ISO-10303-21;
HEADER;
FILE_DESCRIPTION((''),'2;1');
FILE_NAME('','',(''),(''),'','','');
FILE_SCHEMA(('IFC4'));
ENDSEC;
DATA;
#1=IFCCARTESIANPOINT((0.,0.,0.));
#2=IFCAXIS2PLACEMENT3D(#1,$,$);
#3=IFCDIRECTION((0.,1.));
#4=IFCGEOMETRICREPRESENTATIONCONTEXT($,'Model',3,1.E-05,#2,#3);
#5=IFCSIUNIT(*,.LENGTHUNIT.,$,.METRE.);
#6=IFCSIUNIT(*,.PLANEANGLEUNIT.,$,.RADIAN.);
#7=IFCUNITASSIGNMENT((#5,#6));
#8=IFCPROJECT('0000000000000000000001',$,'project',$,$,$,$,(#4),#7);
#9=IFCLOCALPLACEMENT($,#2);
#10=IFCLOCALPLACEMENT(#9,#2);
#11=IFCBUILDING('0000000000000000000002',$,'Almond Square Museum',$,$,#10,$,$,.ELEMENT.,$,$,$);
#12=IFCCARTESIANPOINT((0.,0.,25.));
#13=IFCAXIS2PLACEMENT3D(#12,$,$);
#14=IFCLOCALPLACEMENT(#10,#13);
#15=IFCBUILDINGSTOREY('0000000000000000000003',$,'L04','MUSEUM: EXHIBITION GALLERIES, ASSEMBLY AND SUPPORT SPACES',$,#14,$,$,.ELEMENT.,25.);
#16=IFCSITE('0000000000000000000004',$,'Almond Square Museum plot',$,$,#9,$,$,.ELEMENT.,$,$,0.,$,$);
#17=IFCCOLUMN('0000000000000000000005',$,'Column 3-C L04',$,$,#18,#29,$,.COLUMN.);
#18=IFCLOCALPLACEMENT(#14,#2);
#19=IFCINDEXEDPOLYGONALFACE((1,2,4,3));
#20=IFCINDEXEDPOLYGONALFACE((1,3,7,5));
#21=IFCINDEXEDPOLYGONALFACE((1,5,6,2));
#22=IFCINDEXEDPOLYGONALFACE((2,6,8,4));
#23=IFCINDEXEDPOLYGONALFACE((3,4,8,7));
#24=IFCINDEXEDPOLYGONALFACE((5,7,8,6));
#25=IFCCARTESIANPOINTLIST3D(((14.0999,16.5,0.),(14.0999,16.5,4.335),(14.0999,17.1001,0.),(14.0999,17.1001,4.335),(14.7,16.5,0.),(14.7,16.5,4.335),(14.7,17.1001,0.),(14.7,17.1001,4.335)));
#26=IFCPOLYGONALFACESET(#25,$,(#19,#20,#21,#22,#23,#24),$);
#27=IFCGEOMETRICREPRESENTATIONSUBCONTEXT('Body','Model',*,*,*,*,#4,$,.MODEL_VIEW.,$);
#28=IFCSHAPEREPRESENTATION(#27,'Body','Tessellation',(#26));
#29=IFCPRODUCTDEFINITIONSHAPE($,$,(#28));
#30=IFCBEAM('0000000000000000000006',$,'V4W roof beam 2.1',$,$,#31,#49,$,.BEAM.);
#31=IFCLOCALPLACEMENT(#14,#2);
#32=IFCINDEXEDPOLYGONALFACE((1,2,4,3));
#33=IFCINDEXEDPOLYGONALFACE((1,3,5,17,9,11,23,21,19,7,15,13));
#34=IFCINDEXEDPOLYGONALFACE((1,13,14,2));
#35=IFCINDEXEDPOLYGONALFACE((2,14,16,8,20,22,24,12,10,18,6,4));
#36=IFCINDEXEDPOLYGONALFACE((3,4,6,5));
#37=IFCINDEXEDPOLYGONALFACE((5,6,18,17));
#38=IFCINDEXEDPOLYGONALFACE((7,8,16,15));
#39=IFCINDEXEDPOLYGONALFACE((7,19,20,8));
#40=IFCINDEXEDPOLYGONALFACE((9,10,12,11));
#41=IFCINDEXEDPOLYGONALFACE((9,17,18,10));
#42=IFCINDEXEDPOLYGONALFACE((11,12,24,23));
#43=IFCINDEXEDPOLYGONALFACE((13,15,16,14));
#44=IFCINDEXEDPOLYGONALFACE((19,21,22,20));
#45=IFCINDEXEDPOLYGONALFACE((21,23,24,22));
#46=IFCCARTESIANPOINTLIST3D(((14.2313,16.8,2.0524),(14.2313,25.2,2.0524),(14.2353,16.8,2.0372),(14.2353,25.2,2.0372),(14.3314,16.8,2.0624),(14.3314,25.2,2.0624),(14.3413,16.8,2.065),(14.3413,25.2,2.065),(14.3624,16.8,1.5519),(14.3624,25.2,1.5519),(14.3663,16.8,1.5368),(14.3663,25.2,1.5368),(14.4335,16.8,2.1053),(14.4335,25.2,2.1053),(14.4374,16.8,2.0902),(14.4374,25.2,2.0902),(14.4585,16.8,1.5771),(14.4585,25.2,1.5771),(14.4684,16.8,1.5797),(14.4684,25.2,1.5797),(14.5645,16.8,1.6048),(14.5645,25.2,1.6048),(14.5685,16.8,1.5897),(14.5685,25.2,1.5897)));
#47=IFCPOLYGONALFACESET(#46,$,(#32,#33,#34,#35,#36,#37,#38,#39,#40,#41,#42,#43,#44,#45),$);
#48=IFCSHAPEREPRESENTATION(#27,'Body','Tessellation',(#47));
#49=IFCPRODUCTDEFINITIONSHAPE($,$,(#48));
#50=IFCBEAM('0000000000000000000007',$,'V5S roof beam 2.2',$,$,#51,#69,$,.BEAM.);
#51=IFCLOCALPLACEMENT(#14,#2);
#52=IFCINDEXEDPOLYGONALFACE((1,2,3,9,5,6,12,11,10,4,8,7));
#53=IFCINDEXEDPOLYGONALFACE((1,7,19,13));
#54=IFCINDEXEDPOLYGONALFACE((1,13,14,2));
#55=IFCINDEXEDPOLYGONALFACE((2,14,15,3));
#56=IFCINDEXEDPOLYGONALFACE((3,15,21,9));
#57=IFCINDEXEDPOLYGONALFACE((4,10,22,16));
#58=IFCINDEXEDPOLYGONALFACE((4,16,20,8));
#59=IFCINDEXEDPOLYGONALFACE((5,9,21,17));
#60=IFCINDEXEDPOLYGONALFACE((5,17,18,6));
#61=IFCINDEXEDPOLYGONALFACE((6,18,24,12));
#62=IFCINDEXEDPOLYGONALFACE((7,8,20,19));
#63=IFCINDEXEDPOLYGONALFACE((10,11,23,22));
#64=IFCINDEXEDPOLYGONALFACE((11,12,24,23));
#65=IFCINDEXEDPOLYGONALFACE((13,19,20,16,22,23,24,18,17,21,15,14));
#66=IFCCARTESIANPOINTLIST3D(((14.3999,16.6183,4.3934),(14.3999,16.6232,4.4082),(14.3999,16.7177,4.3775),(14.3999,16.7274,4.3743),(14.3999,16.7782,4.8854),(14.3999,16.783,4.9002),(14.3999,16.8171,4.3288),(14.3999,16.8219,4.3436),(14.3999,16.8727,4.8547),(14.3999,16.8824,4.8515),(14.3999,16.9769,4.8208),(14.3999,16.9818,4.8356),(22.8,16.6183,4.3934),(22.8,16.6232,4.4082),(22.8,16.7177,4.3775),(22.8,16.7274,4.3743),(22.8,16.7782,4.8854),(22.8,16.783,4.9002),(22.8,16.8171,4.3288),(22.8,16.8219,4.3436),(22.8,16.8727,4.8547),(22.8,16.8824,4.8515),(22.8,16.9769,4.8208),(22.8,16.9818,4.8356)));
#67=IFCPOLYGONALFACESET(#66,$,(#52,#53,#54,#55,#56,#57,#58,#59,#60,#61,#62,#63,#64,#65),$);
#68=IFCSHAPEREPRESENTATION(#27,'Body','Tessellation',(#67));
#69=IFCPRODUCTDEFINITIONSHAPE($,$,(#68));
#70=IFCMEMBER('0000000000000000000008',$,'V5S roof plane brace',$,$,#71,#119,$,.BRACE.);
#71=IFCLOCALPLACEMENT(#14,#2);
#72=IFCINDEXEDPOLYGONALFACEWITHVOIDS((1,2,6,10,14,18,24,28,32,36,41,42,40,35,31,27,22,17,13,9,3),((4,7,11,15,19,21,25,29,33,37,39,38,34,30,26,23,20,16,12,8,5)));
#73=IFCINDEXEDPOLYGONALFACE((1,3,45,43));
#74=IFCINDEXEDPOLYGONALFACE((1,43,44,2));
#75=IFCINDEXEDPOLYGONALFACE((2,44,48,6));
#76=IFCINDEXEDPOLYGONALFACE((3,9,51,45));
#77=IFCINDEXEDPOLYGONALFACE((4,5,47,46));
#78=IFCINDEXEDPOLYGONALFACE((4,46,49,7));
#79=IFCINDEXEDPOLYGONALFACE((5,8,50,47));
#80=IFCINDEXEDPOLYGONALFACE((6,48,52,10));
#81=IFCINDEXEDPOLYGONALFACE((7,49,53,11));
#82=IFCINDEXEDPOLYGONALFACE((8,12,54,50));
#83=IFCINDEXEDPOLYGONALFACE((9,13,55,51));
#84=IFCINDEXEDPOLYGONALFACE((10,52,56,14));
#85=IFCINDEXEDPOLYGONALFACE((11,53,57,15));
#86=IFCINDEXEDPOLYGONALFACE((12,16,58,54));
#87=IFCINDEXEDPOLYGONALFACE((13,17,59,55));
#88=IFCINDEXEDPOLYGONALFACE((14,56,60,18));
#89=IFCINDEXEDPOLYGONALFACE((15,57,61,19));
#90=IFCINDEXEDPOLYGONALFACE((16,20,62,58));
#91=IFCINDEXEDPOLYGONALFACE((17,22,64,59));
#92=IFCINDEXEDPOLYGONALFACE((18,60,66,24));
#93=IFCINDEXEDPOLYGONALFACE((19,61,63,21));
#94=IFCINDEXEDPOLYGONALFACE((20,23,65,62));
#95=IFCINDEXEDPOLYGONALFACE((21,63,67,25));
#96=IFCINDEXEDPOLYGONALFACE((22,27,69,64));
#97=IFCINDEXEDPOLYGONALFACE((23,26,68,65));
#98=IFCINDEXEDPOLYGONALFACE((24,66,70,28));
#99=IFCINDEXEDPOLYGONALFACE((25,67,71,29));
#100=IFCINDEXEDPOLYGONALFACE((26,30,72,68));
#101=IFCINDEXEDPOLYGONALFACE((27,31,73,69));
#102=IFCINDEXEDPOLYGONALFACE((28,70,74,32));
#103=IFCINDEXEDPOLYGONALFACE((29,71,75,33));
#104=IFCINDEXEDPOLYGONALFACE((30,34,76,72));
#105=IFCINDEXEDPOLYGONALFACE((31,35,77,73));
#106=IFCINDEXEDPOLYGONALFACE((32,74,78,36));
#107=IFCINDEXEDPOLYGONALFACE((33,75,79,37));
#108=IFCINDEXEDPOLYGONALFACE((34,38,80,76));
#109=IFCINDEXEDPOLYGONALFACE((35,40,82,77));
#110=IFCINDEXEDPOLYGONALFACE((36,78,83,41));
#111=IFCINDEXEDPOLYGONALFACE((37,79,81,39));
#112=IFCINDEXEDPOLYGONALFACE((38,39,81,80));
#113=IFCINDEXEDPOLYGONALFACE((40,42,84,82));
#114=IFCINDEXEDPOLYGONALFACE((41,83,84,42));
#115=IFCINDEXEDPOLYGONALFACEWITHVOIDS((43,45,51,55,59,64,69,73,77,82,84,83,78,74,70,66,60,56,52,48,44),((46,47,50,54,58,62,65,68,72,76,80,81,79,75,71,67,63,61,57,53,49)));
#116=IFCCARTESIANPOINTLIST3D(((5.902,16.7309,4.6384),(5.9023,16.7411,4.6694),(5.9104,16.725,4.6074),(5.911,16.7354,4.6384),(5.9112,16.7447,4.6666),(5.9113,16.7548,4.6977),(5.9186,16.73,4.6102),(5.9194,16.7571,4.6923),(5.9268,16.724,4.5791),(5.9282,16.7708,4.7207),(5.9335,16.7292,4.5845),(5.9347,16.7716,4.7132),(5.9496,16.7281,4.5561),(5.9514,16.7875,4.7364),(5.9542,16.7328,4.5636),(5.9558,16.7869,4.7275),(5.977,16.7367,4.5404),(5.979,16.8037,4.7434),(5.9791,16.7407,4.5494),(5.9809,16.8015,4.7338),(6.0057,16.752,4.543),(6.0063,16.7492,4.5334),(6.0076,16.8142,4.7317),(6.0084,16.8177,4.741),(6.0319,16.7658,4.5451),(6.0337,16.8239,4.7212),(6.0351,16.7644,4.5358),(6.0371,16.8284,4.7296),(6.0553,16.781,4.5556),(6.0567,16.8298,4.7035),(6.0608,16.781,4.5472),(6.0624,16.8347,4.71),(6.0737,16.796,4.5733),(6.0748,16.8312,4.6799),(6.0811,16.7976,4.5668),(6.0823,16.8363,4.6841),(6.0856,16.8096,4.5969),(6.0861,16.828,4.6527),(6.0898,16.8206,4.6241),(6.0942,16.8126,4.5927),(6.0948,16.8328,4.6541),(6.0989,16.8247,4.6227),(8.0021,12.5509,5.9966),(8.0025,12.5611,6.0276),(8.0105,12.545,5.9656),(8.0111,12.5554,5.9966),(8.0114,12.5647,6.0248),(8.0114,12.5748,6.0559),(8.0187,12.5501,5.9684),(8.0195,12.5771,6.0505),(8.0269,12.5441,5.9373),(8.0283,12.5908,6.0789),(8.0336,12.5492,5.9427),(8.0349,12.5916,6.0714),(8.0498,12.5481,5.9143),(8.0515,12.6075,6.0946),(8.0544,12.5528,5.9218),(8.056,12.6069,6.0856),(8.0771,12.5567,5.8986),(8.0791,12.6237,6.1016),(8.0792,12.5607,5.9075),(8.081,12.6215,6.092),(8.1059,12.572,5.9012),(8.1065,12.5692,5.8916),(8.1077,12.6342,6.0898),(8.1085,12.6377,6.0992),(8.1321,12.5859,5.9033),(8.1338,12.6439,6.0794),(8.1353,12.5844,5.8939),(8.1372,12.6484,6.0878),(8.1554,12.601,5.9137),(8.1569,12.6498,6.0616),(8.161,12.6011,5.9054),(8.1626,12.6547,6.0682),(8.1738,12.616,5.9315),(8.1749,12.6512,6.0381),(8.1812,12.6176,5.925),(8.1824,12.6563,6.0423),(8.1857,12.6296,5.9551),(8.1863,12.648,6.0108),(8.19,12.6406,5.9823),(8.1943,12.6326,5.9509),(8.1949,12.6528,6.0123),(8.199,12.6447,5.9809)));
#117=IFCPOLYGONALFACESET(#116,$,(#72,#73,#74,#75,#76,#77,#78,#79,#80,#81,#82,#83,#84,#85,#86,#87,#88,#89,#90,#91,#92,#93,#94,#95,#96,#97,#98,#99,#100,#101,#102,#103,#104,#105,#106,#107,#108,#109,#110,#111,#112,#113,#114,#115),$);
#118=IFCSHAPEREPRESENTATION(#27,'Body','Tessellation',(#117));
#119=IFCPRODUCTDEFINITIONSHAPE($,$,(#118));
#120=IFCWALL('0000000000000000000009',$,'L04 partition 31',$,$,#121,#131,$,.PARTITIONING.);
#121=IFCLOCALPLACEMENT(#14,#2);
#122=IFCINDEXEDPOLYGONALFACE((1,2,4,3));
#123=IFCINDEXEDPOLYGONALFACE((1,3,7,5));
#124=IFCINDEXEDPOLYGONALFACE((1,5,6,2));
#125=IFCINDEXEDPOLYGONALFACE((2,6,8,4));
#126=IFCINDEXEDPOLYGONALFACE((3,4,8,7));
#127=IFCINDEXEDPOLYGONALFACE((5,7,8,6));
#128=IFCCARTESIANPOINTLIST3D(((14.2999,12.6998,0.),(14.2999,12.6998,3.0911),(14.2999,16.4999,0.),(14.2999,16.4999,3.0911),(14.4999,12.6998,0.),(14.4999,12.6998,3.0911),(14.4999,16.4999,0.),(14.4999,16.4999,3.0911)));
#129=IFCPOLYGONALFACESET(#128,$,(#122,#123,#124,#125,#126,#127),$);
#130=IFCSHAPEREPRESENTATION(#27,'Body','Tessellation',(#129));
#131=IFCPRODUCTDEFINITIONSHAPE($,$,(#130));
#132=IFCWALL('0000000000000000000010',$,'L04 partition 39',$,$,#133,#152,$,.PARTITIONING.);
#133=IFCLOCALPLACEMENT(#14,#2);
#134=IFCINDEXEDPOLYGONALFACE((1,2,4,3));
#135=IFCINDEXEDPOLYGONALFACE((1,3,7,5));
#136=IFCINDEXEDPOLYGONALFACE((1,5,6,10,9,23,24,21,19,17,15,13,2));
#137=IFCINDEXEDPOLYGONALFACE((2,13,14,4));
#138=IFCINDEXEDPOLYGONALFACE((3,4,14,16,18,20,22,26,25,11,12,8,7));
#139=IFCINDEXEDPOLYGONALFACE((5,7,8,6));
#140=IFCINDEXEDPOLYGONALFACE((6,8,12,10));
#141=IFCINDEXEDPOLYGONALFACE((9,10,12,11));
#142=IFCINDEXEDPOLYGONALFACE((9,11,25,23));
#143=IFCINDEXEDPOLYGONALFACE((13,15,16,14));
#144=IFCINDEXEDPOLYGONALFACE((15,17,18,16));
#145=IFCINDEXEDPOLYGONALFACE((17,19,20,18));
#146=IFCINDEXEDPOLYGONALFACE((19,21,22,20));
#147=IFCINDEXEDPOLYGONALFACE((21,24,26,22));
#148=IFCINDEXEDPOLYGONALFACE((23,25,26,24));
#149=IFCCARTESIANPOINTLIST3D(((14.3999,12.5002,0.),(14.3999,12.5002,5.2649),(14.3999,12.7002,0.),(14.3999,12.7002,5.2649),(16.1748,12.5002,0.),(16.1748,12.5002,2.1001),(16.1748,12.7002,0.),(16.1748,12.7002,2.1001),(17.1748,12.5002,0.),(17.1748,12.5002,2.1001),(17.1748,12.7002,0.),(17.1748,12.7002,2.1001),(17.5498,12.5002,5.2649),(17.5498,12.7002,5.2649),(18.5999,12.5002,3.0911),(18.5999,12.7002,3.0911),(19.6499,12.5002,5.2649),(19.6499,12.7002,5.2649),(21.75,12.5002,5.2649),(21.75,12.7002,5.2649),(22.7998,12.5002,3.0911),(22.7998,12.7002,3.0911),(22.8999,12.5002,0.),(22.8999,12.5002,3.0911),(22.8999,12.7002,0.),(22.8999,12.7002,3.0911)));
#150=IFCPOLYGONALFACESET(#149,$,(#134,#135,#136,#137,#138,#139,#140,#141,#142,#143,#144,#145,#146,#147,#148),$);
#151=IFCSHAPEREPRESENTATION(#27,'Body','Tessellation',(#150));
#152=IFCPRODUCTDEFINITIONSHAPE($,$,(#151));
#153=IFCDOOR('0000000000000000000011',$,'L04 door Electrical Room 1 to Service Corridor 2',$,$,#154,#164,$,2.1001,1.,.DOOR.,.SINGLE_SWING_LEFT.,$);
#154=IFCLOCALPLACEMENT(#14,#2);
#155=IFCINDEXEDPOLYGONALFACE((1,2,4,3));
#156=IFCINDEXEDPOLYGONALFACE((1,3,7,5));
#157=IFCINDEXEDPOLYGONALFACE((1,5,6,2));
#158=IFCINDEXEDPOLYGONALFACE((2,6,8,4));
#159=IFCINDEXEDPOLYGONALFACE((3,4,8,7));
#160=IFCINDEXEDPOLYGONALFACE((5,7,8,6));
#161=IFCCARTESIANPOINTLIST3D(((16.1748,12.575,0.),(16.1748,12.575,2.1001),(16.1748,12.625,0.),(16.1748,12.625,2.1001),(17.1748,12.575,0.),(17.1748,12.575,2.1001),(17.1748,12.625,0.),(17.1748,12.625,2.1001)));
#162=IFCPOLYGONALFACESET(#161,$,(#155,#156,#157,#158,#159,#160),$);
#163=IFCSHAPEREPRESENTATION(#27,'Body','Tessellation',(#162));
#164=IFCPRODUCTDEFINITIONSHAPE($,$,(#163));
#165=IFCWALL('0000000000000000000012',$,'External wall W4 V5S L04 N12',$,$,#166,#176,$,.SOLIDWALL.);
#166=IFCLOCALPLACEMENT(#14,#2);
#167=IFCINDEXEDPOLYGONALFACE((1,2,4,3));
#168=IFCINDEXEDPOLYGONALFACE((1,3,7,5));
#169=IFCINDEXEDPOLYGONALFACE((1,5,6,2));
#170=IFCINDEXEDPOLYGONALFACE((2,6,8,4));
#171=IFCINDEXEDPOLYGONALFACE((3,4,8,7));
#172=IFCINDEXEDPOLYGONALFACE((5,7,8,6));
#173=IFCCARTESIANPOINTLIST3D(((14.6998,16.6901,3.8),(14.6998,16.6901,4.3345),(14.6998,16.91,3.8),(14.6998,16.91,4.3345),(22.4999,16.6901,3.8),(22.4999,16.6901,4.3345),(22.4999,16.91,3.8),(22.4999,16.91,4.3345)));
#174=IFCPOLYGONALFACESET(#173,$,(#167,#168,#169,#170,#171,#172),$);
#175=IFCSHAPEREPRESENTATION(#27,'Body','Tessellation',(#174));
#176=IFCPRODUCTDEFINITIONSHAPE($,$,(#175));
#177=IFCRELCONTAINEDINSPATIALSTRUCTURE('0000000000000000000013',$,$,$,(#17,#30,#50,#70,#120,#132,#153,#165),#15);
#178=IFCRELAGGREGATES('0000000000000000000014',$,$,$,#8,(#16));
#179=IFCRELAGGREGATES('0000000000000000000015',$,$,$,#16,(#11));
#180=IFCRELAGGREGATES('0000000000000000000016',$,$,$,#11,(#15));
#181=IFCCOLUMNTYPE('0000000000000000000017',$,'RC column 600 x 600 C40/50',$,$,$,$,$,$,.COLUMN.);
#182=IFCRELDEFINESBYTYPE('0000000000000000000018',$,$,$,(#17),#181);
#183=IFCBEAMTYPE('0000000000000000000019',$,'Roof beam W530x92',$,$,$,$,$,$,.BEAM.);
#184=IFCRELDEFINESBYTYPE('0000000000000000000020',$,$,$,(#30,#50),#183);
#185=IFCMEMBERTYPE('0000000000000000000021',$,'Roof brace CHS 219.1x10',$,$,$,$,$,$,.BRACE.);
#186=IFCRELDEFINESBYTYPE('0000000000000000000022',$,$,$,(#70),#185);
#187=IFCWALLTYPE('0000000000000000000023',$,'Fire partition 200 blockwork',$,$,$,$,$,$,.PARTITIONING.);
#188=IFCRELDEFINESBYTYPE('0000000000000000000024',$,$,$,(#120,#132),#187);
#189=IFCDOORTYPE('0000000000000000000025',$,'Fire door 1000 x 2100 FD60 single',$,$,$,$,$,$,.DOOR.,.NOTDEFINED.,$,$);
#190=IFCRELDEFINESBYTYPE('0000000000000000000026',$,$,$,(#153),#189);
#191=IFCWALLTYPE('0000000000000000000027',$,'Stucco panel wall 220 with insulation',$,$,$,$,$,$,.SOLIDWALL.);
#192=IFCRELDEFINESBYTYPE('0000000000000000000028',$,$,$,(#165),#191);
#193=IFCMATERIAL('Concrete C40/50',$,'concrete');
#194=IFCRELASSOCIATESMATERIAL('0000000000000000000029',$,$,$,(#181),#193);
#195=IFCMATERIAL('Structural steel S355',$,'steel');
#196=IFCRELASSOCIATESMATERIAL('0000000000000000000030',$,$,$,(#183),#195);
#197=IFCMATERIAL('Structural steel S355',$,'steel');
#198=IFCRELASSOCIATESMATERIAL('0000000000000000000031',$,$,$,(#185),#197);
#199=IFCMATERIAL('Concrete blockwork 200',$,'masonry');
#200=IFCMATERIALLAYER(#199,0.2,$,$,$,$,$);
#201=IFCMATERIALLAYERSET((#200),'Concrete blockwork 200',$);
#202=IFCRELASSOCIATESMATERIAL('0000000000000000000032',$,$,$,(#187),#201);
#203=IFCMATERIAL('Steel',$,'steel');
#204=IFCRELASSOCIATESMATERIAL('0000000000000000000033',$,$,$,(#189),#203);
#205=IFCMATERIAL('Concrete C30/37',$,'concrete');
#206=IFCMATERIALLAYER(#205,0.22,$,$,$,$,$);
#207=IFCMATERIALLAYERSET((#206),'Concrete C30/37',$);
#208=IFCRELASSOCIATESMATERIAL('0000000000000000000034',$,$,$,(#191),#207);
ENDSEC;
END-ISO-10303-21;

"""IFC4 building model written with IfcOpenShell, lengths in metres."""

from ifc_helpers import new_model, si_unit, direction, frame, frame_2d, origin, origin_2d, place, context, subcontext, project, spatial, polyline, rectangle, hollow_circle, i_section, outline, extrude, material, layer, layer_set, material_profile, profile_set, type_object, element, fill, save


model = new_model("IFC4")

# Units and contexts
model_context = context("Model", 3, precision=1e-05, world=origin(), true_north=direction((0.0, 1.0)))
body_context = subcontext(model_context, "Body", "Model", "MODEL_VIEW")
ifc_project = project(units=[si_unit("LENGTHUNIT", "METRE"), si_unit("PLANEANGLEUNIT", "RADIAN")], contexts=[model_context])

# Site, building, storey
site_placement = place(None, origin())
site = spatial("IfcSite", under=ifc_project, at=site_placement, Name="Almond Square Museum plot", CompositionType="ELEMENT", RefElevation=0.0)
building_placement = place(site_placement, origin())
building = spatial("IfcBuilding", under=site, at=building_placement, Name="Almond Square Museum", CompositionType="ELEMENT")
storey_placement = place(building_placement, frame((0.0, 0.0, 25.0)))
storey = spatial("IfcBuildingStorey", under=building, at=storey_placement, Name="L04", Description="MUSEUM: EXHIBITION GALLERIES, ASSEMBLY AND SUPPORT SPACES", CompositionType="ELEMENT", Elevation=25.0)

# Column
ifc_material_1 = material(Name="Concrete C40/50", Category="concrete")
ifc_material_profile_1 = material_profile(ifc_material_1, rectangle(XDim=0.6001, YDim=0.6001, at=origin_2d()))
ifc_profile_set_1 = profile_set([ifc_material_profile_1], Name="Concrete C40/50")
column_type = type_object("IfcColumnType", Name="RC column 600 x 600 C40/50", PredefinedType="COLUMN", material=ifc_profile_set_1)
column_placement = place(storey_placement, frame((14.3999, 16.8, 0.0), z_axis=(0.0, 0.0, 1.0), x_axis=(1.0, 0.0, 0.0)))
element("IfcColumn", 1, at=column_placement, inside=storey, type_object=column_type, Name="Column 3-C L04", PredefinedType="COLUMN", context=body_context, shape_type="SweptSolid", body=[
    extrude(rectangle(XDim=0.6001, YDim=0.6001, at=origin_2d()), origin(), (0.0, 0.0, 1.0), 4.335),
])

# Beams
ifc_material_2 = material(Name="Structural steel S355", Category="steel")
ifc_material_profile_2 = material_profile(ifc_material_2, i_section(OverallWidth=0.209, OverallDepth=0.533, WebThickness=0.0103, FlangeThickness=0.0156, at=origin_2d()))
ifc_profile_set_2 = profile_set([ifc_material_profile_2], Name="Structural steel S355")
beam_type = type_object("IfcBeamType", Name="Roof beam W530x92", PredefinedType="BEAM", material=ifc_profile_set_2)
beam_1_placement = place(storey_placement, frame((14.3999, 16.8, 1.821), z_axis=(0.0, 1.0, 0.0), x_axis=(-0.967372, 0.0, -0.25336)))
element("IfcBeam", 2, at=beam_1_placement, inside=storey, type_object=beam_type, Name="V4W roof beam 2.1", PredefinedType="BEAM", context=body_context, shape_type="SweptSolid", body=[
    extrude(i_section(OverallWidth=0.209, OverallDepth=0.533, WebThickness=0.0103, FlangeThickness=0.0156, at=origin_2d()), origin(), (0.0, 0.0, 1.0), 8.3999),
])
beam_2_placement = place(storey_placement, frame((14.3999, 16.8, 4.6145), z_axis=(1.0, 0.0, 0.0), x_axis=(0.0, 0.951057, -0.309017)))
element("IfcBeam", 3, at=beam_2_placement, inside=storey, type_object=beam_type, Name="V5S roof beam 2.2", PredefinedType="BEAM", context=body_context, shape_type="SweptSolid", body=[
    extrude(i_section(OverallWidth=0.209, OverallDepth=0.533, WebThickness=0.0103, FlangeThickness=0.0156, at=origin_2d()), origin(), (0.0, 0.0, 1.0), 8.4001),
])

# Member
ifc_material_3 = material(Name="Structural steel S355", Category="steel")
ifc_material_profile_3 = material_profile(ifc_material_3, hollow_circle(Radius=0.1096, WallThickness=0.01, at=origin_2d()))
ifc_profile_set_3 = profile_set([ifc_material_profile_3], Name="Structural steel S355")
member_type = type_object("IfcMemberType", Name="Roof brace CHS 219.1x10", PredefinedType="BRACE", material=ifc_profile_set_3)
member_placement = place(storey_placement, frame((8.1001, 12.6001, 5.9966), z_axis=(-0.431141, 0.858123, -0.278823), x_axis=(-0.893559, -0.448945, 0.0)))
element("IfcMember", 4, at=member_placement, inside=storey, type_object=member_type, Name="V5S roof plane brace", PredefinedType="BRACE", context=body_context, shape_type="SweptSolid", body=[
    extrude(hollow_circle(Radius=0.1096, WallThickness=0.01, at=origin_2d()), origin(), (0.0, 0.0, 1.0), 4.8711),
])

# Wall
ifc_material_4 = material(Name="Concrete blockwork 200", Category="masonry")
ifc_layer_1 = layer(ifc_material_4, 0.2)
ifc_layer_set_1 = layer_set([ifc_layer_1], Name="Concrete blockwork 200")
wall_type_1 = type_object("IfcWallType", Name="Fire partition 200 blockwork", PredefinedType="PARTITIONING", material=ifc_layer_set_1)
wall_1_placement = place(storey_placement, frame((14.3999, 12.7, 0.0), z_axis=(0.0, 0.0, 1.0), x_axis=(0.0, 1.0, 0.0)))
element("IfcWall", 5, at=wall_1_placement, inside=storey, type_object=wall_type_1, Name="L04 partition 31", PredefinedType="PARTITIONING", context=body_context, shape_type="SweptSolid", body=[
    extrude(rectangle(XDim=3.8, YDim=0.2, at=frame_2d((1.8999, 0.0))), origin(), (0.0, 0.0, 1.0), 3.0911),
])

# Wall, opening, door
wall_2_placement = place(storey_placement, frame((14.3999, 12.6001, 0.0), z_axis=(0.0, 0.0, 1.0), x_axis=(1.0, 0.0, 0.0)))
wall_2 = element("IfcWall", 6, at=wall_2_placement, inside=storey, type_object=wall_type_1, Name="L04 partition 39", PredefinedType="PARTITIONING", context=body_context, shape_type="SweptSolid", body=[
    extrude(outline(polyline([(0.0, 0.0), (8.5, 0.0), (8.5, 3.0911), (8.3999, 3.0911), (7.3501, 5.2649), (5.25, 5.2649), (4.2, 3.0911), (3.1499, 5.2649), (0.0, 5.2649), (0.0, 0.0)])), frame((0.0, 0.1001, 0.0), z_axis=(0.0, -1.0, 0.0), x_axis=(1.0, 0.0, 0.0)), (0.0, 0.0, 1.0), 0.2),
])
opening_placement = place(wall_2_placement, frame((1.7749, 0.0, 0.0)))
opening = element("IfcOpeningElement", 7, at=opening_placement, cuts=wall_2, PredefinedType="OPENING", context=body_context, shape_type="SweptSolid", body=[
    extrude(rectangle(XDim=1.0, YDim=2.1001, at=frame_2d((0.5, 1.05))), frame((0.0, 0.1099, 0.0), z_axis=(0.0, -1.0, 0.0), x_axis=(1.0, 0.0, 0.0)), (0.0, 0.0, 1.0), 0.22),
])
ifc_material_5 = material(Name="Steel", Category="steel")
door_type = type_object("IfcDoorType", Name="Fire door 1000 x 2100 FD60 single", OperationType="NOTDEFINED", PredefinedType="DOOR", material=ifc_material_5)
door_placement = place(opening_placement, origin())
door = element("IfcDoor", 8, at=door_placement, inside=storey, type_object=door_type, Name="L04 door Electrical Room 1 to Service Corridor 2", OperationType="SINGLE_SWING_LEFT", OverallHeight=2.1001, OverallWidth=1.0, PredefinedType="DOOR", context=body_context, shape_type="SweptSolid", body=[
    extrude(rectangle(XDim=1.0, YDim=2.1001, at=frame_2d((0.5, 1.05))), frame((0.0, 0.0249, 0.0), z_axis=(0.0, -1.0, 0.0), x_axis=(1.0, 0.0, 0.0)), (0.0, 0.0, 1.0), 0.05),
])
fill(opening, door)

# Wall
ifc_material_6 = material(Name="Concrete C30/37", Category="concrete")
ifc_layer_2 = layer(ifc_material_6, 0.22)
ifc_layer_set_2 = layer_set([ifc_layer_2], Name="Concrete C30/37")
wall_type_2 = type_object("IfcWallType", Name="Stucco panel wall 220 with insulation", PredefinedType="SOLIDWALL", material=ifc_layer_set_2)
wall_3_placement = place(storey_placement, frame((14.7, 16.8, 3.8), z_axis=(0.0, 0.0, 1.0), x_axis=(1.0, 0.0, 0.0)))
element("IfcWall", 9, at=wall_3_placement, inside=storey, type_object=wall_type_2, Name="External wall W4 V5S L04 N12", PredefinedType="SOLIDWALL", context=body_context, shape_type="SweptSolid", body=[
    extrude(rectangle(XDim=7.8, YDim=0.22, at=frame_2d((3.8999, 0.0))), origin(), (0.0, 0.0, 1.0), 0.5344),
])

save(model, "model.ifc")
